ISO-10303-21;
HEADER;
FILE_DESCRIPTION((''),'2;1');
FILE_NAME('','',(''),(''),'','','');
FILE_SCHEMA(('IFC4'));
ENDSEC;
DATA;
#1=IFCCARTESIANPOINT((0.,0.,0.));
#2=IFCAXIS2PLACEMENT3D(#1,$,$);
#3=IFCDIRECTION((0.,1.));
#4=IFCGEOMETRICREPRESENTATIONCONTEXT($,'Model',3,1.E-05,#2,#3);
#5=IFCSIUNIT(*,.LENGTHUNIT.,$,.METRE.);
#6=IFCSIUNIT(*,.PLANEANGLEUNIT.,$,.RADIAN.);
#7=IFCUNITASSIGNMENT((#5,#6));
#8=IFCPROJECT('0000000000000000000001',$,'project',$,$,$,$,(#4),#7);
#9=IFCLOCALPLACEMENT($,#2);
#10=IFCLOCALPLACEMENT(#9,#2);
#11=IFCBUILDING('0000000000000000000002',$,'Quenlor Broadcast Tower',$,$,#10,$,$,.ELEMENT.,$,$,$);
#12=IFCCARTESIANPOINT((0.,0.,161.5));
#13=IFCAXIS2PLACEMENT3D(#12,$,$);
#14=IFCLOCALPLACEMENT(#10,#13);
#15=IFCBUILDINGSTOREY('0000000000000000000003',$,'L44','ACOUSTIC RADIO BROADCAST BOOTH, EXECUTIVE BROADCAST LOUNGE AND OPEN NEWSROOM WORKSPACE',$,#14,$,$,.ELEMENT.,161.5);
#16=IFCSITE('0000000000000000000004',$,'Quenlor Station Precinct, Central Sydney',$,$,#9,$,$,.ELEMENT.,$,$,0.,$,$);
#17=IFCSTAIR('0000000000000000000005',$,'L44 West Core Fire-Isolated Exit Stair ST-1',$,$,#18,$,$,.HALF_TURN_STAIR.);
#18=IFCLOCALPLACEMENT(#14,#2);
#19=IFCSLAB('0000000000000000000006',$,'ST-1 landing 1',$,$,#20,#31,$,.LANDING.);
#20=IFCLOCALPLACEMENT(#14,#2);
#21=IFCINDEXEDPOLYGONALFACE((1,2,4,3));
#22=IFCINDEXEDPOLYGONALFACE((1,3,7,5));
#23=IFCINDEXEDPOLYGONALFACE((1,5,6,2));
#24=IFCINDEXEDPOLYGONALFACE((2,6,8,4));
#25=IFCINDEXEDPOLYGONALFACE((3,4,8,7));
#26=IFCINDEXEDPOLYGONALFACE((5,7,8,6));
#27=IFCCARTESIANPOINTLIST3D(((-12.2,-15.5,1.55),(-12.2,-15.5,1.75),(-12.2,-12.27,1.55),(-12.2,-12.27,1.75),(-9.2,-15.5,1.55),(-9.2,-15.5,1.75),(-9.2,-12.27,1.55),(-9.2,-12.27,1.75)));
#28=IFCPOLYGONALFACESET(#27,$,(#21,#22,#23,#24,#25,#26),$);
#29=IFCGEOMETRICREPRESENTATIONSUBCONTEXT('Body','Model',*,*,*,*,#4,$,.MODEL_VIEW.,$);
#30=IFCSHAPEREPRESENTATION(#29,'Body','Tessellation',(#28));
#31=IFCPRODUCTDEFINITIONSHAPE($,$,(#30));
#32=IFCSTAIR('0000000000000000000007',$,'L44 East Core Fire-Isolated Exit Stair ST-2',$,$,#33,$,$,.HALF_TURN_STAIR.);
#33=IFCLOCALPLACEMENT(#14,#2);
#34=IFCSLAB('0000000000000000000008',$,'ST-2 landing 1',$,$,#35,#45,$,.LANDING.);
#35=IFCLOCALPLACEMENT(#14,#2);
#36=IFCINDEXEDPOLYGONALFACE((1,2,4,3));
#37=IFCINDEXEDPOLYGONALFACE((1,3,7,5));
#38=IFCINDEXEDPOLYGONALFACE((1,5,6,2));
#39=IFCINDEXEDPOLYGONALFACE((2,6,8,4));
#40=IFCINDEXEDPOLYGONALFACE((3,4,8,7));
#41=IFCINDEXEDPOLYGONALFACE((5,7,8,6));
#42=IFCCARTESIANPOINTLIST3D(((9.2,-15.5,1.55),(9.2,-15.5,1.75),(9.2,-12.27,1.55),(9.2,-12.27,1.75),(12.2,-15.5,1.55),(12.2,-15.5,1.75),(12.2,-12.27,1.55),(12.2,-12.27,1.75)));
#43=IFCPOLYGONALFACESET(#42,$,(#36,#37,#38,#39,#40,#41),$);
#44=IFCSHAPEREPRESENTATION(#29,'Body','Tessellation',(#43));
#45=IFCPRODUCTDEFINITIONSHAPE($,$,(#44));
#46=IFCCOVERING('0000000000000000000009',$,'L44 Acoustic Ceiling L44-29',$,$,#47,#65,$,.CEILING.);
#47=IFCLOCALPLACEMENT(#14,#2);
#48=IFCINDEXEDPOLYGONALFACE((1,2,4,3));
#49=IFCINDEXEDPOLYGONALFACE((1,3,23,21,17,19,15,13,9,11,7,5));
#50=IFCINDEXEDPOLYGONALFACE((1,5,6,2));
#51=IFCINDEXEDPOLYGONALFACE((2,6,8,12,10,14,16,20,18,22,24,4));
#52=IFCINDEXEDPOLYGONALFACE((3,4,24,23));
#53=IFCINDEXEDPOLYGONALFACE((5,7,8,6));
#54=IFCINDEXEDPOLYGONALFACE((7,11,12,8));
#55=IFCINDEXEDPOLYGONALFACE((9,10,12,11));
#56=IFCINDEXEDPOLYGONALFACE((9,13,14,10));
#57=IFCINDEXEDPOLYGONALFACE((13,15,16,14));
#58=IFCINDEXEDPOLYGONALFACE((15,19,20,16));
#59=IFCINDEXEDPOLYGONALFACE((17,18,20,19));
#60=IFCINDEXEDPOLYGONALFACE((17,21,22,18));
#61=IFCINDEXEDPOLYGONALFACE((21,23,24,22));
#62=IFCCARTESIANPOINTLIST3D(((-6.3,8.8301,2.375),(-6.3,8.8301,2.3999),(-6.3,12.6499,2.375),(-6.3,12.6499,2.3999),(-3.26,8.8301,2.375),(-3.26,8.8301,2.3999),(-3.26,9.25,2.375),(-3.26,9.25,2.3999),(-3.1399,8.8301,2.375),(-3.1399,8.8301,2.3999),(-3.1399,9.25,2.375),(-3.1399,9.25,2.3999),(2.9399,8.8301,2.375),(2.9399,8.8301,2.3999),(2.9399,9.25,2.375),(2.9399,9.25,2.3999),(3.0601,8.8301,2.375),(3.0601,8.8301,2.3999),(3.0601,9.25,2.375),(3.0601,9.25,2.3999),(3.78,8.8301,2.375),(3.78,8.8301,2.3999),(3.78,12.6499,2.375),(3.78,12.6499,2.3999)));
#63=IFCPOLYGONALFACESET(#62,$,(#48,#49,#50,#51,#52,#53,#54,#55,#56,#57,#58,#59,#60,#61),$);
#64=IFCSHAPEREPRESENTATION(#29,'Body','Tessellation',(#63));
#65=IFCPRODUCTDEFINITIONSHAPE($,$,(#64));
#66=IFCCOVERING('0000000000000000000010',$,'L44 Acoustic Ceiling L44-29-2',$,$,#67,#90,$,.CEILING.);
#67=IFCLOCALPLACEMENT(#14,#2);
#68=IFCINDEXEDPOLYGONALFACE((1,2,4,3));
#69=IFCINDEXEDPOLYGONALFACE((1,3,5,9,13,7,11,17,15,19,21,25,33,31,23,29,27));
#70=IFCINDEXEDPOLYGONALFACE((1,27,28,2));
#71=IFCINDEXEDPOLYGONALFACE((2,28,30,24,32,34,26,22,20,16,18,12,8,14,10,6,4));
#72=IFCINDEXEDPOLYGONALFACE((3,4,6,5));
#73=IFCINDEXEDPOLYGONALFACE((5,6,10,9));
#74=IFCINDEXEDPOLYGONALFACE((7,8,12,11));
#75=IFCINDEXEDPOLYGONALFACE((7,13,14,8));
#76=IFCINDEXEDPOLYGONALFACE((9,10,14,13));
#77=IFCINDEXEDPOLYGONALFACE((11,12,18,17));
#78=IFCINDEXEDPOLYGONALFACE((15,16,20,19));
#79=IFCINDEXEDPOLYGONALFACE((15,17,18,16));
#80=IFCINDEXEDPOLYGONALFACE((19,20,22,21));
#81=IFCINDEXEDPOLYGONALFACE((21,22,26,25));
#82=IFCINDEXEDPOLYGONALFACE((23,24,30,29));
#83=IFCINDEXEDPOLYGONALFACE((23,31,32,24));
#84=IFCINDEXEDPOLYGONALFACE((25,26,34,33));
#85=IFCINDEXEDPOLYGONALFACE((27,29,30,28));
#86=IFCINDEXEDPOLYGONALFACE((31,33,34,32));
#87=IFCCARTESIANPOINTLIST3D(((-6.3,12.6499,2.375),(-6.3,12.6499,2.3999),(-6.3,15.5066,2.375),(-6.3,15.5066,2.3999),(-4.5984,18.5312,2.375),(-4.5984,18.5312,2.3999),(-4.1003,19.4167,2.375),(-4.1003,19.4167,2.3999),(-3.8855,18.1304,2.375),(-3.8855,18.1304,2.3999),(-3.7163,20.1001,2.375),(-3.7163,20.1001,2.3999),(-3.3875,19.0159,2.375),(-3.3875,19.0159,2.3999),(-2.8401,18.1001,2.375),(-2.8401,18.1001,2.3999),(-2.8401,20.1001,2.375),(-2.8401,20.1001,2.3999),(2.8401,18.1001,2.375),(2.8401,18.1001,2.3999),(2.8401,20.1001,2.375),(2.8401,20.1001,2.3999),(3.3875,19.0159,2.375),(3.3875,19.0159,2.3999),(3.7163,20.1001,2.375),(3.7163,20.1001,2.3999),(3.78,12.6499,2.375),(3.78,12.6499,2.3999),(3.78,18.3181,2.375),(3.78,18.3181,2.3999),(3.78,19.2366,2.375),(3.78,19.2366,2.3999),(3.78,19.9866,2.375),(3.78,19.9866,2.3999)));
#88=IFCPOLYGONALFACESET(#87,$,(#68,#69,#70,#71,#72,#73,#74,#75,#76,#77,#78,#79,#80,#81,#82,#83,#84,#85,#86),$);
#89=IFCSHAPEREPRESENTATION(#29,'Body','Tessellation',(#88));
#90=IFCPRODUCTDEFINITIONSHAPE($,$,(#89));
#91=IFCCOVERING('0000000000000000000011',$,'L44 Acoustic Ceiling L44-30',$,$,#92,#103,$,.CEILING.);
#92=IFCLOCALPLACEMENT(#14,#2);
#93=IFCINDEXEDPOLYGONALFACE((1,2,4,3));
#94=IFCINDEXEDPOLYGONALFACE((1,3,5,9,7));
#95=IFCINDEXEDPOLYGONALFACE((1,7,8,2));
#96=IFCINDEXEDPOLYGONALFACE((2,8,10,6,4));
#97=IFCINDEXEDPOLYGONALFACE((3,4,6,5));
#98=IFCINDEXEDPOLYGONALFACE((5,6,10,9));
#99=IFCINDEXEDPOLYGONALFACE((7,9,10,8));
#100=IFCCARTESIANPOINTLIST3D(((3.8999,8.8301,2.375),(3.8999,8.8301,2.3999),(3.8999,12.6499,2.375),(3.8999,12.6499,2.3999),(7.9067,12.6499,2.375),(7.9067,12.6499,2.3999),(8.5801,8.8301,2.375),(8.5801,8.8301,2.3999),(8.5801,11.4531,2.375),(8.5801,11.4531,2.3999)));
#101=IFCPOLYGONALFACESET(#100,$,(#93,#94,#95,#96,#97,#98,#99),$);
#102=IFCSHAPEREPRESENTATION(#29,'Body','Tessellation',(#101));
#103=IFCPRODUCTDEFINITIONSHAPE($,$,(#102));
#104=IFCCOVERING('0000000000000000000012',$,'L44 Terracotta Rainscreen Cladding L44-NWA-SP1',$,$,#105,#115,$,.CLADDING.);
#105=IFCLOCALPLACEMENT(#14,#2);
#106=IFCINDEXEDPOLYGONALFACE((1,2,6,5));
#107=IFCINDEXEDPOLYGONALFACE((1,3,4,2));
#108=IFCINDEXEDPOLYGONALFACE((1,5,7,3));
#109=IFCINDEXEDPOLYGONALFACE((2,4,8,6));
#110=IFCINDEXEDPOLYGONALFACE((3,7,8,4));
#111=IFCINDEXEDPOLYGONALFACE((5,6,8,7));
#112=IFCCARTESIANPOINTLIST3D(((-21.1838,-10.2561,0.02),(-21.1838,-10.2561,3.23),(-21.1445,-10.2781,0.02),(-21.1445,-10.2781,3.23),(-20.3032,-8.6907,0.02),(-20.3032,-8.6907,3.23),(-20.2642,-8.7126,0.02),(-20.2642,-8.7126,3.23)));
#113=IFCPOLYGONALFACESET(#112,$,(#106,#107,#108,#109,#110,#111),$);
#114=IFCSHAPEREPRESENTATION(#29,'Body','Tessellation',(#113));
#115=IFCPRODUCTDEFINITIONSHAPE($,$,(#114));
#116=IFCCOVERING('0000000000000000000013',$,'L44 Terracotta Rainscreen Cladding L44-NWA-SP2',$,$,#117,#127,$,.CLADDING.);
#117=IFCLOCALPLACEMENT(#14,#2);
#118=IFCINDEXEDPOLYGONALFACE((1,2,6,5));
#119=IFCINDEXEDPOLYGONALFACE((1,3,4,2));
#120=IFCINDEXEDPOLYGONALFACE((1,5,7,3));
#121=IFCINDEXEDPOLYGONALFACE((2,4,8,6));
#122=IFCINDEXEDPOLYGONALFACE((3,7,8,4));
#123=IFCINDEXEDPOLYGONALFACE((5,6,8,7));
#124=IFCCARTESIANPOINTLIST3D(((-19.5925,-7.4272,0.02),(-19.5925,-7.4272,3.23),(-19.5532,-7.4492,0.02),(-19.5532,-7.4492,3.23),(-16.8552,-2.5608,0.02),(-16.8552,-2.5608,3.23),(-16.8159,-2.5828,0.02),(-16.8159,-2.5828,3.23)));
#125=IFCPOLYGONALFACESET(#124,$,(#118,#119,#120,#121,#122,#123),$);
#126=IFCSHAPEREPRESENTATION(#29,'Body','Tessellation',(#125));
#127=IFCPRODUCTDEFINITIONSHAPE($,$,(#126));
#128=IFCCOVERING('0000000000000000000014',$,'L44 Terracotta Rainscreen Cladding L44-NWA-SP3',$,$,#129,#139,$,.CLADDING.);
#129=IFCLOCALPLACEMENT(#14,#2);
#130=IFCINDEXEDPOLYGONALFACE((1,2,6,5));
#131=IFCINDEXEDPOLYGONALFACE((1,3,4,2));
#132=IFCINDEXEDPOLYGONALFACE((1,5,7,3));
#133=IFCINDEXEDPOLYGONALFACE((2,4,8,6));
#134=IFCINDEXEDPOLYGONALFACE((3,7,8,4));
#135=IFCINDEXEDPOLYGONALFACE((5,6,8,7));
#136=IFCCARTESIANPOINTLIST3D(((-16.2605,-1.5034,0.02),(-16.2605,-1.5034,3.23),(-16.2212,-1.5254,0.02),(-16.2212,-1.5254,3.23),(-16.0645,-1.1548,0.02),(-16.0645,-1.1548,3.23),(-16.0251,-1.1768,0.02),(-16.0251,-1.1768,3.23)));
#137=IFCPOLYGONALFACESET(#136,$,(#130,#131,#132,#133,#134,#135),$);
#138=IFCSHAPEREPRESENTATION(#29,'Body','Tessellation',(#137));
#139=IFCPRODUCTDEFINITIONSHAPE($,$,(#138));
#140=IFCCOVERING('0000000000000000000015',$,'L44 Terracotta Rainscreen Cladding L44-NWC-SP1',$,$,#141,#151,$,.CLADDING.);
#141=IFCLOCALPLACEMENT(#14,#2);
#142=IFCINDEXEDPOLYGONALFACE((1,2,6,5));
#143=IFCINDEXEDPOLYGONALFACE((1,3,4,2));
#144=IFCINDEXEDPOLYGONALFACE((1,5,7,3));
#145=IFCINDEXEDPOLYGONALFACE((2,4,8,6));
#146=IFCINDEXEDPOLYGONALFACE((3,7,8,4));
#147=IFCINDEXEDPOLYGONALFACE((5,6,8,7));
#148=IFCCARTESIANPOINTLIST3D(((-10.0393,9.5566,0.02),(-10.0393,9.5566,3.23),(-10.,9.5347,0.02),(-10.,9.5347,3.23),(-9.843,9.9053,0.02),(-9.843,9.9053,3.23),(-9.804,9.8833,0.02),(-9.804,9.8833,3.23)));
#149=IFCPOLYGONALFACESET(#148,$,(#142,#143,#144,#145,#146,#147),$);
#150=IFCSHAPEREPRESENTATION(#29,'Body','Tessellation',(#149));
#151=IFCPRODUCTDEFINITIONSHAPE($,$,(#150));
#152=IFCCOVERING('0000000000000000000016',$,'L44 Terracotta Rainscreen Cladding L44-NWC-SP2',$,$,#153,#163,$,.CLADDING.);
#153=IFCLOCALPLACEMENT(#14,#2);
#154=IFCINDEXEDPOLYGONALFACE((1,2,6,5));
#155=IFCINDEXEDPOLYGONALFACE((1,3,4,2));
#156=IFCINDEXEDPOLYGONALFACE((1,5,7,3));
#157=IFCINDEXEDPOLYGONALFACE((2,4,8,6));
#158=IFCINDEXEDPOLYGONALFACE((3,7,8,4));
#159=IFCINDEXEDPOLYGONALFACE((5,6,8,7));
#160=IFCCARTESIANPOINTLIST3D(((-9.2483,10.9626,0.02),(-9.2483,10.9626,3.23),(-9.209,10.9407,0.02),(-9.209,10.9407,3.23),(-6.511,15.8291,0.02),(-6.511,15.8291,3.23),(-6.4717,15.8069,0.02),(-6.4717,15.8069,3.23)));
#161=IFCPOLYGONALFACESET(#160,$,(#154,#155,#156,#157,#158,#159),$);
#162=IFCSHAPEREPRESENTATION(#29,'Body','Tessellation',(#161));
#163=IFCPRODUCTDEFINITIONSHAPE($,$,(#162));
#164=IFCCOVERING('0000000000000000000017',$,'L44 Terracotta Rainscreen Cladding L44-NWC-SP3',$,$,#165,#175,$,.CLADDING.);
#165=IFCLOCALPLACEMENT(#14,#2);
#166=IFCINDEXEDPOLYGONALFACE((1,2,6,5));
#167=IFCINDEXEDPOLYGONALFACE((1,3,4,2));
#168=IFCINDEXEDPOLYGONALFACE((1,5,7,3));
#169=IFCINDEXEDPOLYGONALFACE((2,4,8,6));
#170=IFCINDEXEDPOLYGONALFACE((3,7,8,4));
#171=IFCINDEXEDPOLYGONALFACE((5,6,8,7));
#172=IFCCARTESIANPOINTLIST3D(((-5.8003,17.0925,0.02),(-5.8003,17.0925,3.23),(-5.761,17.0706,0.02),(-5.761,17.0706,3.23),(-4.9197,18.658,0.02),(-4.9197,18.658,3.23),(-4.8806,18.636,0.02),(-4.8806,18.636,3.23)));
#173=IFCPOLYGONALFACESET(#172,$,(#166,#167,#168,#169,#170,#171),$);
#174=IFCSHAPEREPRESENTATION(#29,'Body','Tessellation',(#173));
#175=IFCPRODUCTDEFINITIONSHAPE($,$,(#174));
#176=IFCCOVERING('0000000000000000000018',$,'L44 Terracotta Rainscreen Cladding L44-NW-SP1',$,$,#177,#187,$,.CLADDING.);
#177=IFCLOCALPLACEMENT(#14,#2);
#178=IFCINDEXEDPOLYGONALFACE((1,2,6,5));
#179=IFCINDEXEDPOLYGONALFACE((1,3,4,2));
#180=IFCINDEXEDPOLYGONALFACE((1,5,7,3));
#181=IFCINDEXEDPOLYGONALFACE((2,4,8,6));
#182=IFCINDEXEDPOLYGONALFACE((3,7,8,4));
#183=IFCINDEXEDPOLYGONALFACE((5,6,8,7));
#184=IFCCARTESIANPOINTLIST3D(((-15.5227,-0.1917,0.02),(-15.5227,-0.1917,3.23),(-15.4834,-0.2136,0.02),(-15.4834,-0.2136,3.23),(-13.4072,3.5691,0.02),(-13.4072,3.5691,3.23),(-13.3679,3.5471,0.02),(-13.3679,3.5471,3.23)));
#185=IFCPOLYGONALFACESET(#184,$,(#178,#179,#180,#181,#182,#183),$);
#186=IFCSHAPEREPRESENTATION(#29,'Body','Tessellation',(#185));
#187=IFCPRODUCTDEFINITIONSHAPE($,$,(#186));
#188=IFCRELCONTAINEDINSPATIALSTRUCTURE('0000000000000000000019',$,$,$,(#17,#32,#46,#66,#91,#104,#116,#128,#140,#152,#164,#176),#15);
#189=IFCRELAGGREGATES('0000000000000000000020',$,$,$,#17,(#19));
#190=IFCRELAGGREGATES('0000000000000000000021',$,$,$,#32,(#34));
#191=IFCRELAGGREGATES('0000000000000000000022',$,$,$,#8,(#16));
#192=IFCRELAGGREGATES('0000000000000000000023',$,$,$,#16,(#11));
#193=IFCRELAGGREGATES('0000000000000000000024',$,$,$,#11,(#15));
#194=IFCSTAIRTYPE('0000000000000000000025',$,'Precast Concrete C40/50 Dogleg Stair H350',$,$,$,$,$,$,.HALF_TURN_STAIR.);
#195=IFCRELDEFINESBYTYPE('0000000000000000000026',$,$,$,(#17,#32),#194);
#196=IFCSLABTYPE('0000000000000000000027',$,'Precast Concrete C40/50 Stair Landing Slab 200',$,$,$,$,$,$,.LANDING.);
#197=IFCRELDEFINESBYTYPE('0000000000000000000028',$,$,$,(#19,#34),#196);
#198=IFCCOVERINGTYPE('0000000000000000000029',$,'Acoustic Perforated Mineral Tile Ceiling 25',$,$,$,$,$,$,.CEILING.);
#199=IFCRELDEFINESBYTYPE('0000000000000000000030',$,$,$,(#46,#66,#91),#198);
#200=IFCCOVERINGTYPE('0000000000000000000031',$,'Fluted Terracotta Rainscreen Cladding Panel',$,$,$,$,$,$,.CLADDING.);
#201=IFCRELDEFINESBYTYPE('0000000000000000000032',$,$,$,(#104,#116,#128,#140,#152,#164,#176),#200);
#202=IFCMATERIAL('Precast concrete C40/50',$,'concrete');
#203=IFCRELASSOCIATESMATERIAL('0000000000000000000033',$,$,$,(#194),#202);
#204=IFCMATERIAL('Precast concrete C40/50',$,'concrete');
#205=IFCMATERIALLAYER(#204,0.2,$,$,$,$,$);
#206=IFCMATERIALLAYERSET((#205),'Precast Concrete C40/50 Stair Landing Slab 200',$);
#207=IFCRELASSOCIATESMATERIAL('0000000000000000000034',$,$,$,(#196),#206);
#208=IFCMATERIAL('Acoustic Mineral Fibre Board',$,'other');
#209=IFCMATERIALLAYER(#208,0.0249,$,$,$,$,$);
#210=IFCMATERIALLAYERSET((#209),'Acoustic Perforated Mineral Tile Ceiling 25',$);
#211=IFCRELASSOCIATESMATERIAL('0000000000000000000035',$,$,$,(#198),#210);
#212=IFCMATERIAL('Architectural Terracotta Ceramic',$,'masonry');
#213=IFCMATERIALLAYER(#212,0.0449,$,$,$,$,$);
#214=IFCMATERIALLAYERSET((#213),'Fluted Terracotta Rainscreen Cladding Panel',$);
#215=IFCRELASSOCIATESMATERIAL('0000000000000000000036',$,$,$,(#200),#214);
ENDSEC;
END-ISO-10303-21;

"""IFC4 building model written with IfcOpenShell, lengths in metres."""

from ifc_helpers import new_model, si_unit, direction, frame, origin, place, context, subcontext, project, spatial, polyline, outline, extrude, material, layer, layer_set, type_object, element, aggregate, save


model = new_model("IFC4")

# Units and contexts
model_context = context("Model", 3, precision=1e-05, world=origin(), true_north=direction((0.0, 1.0)))
body_context = subcontext(model_context, "Body", "Model", "MODEL_VIEW")
ifc_project = project(units=[si_unit("LENGTHUNIT", "METRE"), si_unit("PLANEANGLEUNIT", "RADIAN")], contexts=[model_context])

# Site, building, storey
site_placement = place(None, origin())
site = spatial("IfcSite", under=ifc_project, at=site_placement, Name="Quenlor Station Precinct, Central Sydney", CompositionType="ELEMENT", RefElevation=0.0)
building_placement = place(site_placement, origin())
building = spatial("IfcBuilding", under=site, at=building_placement, Name="Quenlor Broadcast Tower", CompositionType="ELEMENT")
storey_placement = place(building_placement, frame((0.0, 0.0, 161.5)))
storey = spatial("IfcBuildingStorey", under=building, at=storey_placement, Name="L44", Description="ACOUSTIC RADIO BROADCAST BOOTH, EXECUTIVE BROADCAST LOUNGE AND OPEN NEWSROOM WORKSPACE", CompositionType="ELEMENT", Elevation=161.5)

# Stairs, slabs
ifc_material_1 = material(Name="Precast concrete C40/50", Category="concrete")
stair_type = type_object("IfcStairType", Name="Precast Concrete C40/50 Dogleg Stair H350", PredefinedType="HALF_TURN_STAIR", material=ifc_material_1)
stair_1_placement = place(storey_placement, origin())
stair_1 = element("IfcStair", 1, at=stair_1_placement, inside=storey, type_object=stair_type, Name="L44 West Core Fire-Isolated Exit Stair ST-1", PredefinedType="HALF_TURN_STAIR")
ifc_material_2 = material(Name="Precast concrete C40/50", Category="concrete")
ifc_layer_1 = layer(ifc_material_2, 0.2)
ifc_layer_set_1 = layer_set([ifc_layer_1], Name="Precast Concrete C40/50 Stair Landing Slab 200")
slab_type = type_object("IfcSlabType", Name="Precast Concrete C40/50 Stair Landing Slab 200", PredefinedType="LANDING", material=ifc_layer_set_1)
slab_1_placement = place(storey_placement, frame((0.0, 0.0, 1.55)))
slab_1 = element("IfcSlab", 2, at=slab_1_placement, type_object=slab_type, Name="ST-1 landing 1", PredefinedType="LANDING", context=body_context, shape_type="SweptSolid", body=[
    extrude(outline(polyline([(-12.2, -12.27), (-12.2, -15.5), (-9.2, -15.5), (-9.2, -12.27), (-12.2, -12.27)])), origin(), (0.0, 0.0, 1.0), 0.2),
])
aggregate(stair_1, [slab_1])
stair_2_placement = place(storey_placement, origin())
stair_2 = element("IfcStair", 3, at=stair_2_placement, inside=storey, type_object=stair_type, Name="L44 East Core Fire-Isolated Exit Stair ST-2", PredefinedType="HALF_TURN_STAIR")
slab_2_placement = place(storey_placement, frame((0.0, 0.0, 1.55)))
slab_2 = element("IfcSlab", 4, at=slab_2_placement, type_object=slab_type, Name="ST-2 landing 1", PredefinedType="LANDING", context=body_context, shape_type="SweptSolid", body=[
    extrude(outline(polyline([(9.2, -12.27), (9.2, -15.5), (12.2, -15.5), (12.2, -12.27), (9.2, -12.27)])), origin(), (0.0, 0.0, 1.0), 0.2),
])
aggregate(stair_2, [slab_2])

# Coverings
ifc_material_3 = material(Name="Acoustic Mineral Fibre Board", Category="other")
ifc_layer_2 = layer(ifc_material_3, 0.0249)
ifc_layer_set_2 = layer_set([ifc_layer_2], Name="Acoustic Perforated Mineral Tile Ceiling 25")
covering_type_1 = type_object("IfcCoveringType", Name="Acoustic Perforated Mineral Tile Ceiling 25", PredefinedType="CEILING", material=ifc_layer_set_2)
covering_1_placement = place(storey_placement, frame((0.0, 0.0, 2.375)))
element("IfcCovering", 5, at=covering_1_placement, inside=storey, type_object=covering_type_1, Name="L44 Acoustic Ceiling L44-29", PredefinedType="CEILING", context=body_context, shape_type="SweptSolid", body=[
    extrude(outline(polyline([(3.78, 8.8301), (3.0601, 8.8301), (3.0601, 9.25), (2.9399, 9.25), (2.9399, 8.8301), (-3.1399, 8.8301), (-3.1399, 9.25), (-3.26, 9.25), (-3.26, 8.8301), (-6.3, 8.8301), (-6.3, 12.6499), (3.78, 12.6499), (3.78, 8.8301)])), origin(), (0.0, 0.0, 1.0), 0.0249),
])
covering_2_placement = place(storey_placement, frame((0.0, 0.0, 2.375)))
element("IfcCovering", 6, at=covering_2_placement, inside=storey, type_object=covering_type_1, Name="L44 Acoustic Ceiling L44-29-2", PredefinedType="CEILING", context=body_context, shape_type="SweptSolid", body=[
    extrude(outline(polyline([(2.8401, 18.1001), (2.8401, 20.1001), (3.7163, 20.1001), (3.78, 19.9866), (3.78, 19.2366), (3.3875, 19.0159), (3.78, 18.3181), (3.78, 12.6499), (-6.3, 12.6499), (-6.3, 15.5066), (-4.5984, 18.5312), (-3.8855, 18.1304), (-3.3875, 19.0159), (-4.1003, 19.4167), (-3.7163, 20.1001), (-2.8401, 20.1001), (-2.8401, 18.1001), (2.8401, 18.1001)])), origin(), (0.0, 0.0, 1.0), 0.0249),
])
covering_3_placement = place(storey_placement, frame((0.0, 0.0, 2.375)))
element("IfcCovering", 7, at=covering_3_placement, inside=storey, type_object=covering_type_1, Name="L44 Acoustic Ceiling L44-30", PredefinedType="CEILING", context=body_context, shape_type="SweptSolid", body=[
    extrude(outline(polyline([(3.8999, 12.6499), (7.9067, 12.6499), (8.5801, 11.4531), (8.5801, 8.8301), (3.8999, 8.8301), (3.8999, 12.6499)])), origin(), (0.0, 0.0, 1.0), 0.0249),
])
ifc_material_4 = material(Name="Architectural Terracotta Ceramic", Category="masonry")
ifc_layer_3 = layer(ifc_material_4, 0.0449)
ifc_layer_set_3 = layer_set([ifc_layer_3], Name="Fluted Terracotta Rainscreen Cladding Panel")
covering_type_2 = type_object("IfcCoveringType", Name="Fluted Terracotta Rainscreen Cladding Panel", PredefinedType="CLADDING", material=ifc_layer_set_3)
covering_4_placement = place(storey_placement, frame((0.0, 0.0, 0.02)))
element("IfcCovering", 8, at=covering_4_placement, inside=storey, type_object=covering_type_2, Name="L44 Terracotta Rainscreen Cladding L44-NWA-SP1", PredefinedType="CLADDING", context=body_context, shape_type="SweptSolid", body=[
    extrude(outline(polyline([(-21.1445, -10.2781), (-20.2642, -8.7126), (-20.3032, -8.6907), (-21.1838, -10.2561), (-21.1445, -10.2781)])), origin(), (0.0, 0.0, 1.0), 3.21),
])
covering_5_placement = place(storey_placement, frame((0.0, 0.0, 0.02)))
element("IfcCovering", 9, at=covering_5_placement, inside=storey, type_object=covering_type_2, Name="L44 Terracotta Rainscreen Cladding L44-NWA-SP2", PredefinedType="CLADDING", context=body_context, shape_type="SweptSolid", body=[
    extrude(outline(polyline([(-19.5532, -7.4492), (-16.8159, -2.5828), (-16.8552, -2.5608), (-19.5925, -7.4272), (-19.5532, -7.4492)])), origin(), (0.0, 0.0, 1.0), 3.21),
])
covering_6_placement = place(storey_placement, frame((0.0, 0.0, 0.02)))
element("IfcCovering", 10, at=covering_6_placement, inside=storey, type_object=covering_type_2, Name="L44 Terracotta Rainscreen Cladding L44-NWA-SP3", PredefinedType="CLADDING", context=body_context, shape_type="SweptSolid", body=[
    extrude(outline(polyline([(-16.2212, -1.5254), (-16.0251, -1.1768), (-16.0645, -1.1548), (-16.2605, -1.5034), (-16.2212, -1.5254)])), origin(), (0.0, 0.0, 1.0), 3.21),
])
covering_7_placement = place(storey_placement, frame((0.0, 0.0, 0.02)))
element("IfcCovering", 11, at=covering_7_placement, inside=storey, type_object=covering_type_2, Name="L44 Terracotta Rainscreen Cladding L44-NWC-SP1", PredefinedType="CLADDING", context=body_context, shape_type="SweptSolid", body=[
    extrude(outline(polyline([(-10.0, 9.5347), (-9.804, 9.8833), (-9.843, 9.9053), (-10.0393, 9.5566), (-10.0, 9.5347)])), origin(), (0.0, 0.0, 1.0), 3.21),
])
covering_8_placement = place(storey_placement, frame((0.0, 0.0, 0.02)))
element("IfcCovering", 12, at=covering_8_placement, inside=storey, type_object=covering_type_2, Name="L44 Terracotta Rainscreen Cladding L44-NWC-SP2", PredefinedType="CLADDING", context=body_context, shape_type="SweptSolid", body=[
    extrude(outline(polyline([(-9.209, 10.9407), (-6.4717, 15.8069), (-6.511, 15.8291), (-9.2483, 10.9626), (-9.209, 10.9407)])), origin(), (0.0, 0.0, 1.0), 3.21),
])
covering_9_placement = place(storey_placement, frame((0.0, 0.0, 0.02)))
element("IfcCovering", 13, at=covering_9_placement, inside=storey, type_object=covering_type_2, Name="L44 Terracotta Rainscreen Cladding L44-NWC-SP3", PredefinedType="CLADDING", context=body_context, shape_type="SweptSolid", body=[
    extrude(outline(polyline([(-5.761, 17.0706), (-4.8806, 18.636), (-4.9197, 18.658), (-5.8003, 17.0925), (-5.761, 17.0706)])), origin(), (0.0, 0.0, 1.0), 3.21),
])
covering_10_placement = place(storey_placement, frame((0.0, 0.0, 0.02)))
element("IfcCovering", 14, at=covering_10_placement, inside=storey, type_object=covering_type_2, Name="L44 Terracotta Rainscreen Cladding L44-NW-SP1", PredefinedType="CLADDING", context=body_context, shape_type="SweptSolid", body=[
    extrude(outline(polyline([(-15.4834, -0.2136), (-13.3679, 3.5471), (-13.4072, 3.5691), (-15.5227, -0.1917), (-15.4834, -0.2136)])), origin(), (0.0, 0.0, 1.0), 3.21),
])

save(model, "model.ifc")
